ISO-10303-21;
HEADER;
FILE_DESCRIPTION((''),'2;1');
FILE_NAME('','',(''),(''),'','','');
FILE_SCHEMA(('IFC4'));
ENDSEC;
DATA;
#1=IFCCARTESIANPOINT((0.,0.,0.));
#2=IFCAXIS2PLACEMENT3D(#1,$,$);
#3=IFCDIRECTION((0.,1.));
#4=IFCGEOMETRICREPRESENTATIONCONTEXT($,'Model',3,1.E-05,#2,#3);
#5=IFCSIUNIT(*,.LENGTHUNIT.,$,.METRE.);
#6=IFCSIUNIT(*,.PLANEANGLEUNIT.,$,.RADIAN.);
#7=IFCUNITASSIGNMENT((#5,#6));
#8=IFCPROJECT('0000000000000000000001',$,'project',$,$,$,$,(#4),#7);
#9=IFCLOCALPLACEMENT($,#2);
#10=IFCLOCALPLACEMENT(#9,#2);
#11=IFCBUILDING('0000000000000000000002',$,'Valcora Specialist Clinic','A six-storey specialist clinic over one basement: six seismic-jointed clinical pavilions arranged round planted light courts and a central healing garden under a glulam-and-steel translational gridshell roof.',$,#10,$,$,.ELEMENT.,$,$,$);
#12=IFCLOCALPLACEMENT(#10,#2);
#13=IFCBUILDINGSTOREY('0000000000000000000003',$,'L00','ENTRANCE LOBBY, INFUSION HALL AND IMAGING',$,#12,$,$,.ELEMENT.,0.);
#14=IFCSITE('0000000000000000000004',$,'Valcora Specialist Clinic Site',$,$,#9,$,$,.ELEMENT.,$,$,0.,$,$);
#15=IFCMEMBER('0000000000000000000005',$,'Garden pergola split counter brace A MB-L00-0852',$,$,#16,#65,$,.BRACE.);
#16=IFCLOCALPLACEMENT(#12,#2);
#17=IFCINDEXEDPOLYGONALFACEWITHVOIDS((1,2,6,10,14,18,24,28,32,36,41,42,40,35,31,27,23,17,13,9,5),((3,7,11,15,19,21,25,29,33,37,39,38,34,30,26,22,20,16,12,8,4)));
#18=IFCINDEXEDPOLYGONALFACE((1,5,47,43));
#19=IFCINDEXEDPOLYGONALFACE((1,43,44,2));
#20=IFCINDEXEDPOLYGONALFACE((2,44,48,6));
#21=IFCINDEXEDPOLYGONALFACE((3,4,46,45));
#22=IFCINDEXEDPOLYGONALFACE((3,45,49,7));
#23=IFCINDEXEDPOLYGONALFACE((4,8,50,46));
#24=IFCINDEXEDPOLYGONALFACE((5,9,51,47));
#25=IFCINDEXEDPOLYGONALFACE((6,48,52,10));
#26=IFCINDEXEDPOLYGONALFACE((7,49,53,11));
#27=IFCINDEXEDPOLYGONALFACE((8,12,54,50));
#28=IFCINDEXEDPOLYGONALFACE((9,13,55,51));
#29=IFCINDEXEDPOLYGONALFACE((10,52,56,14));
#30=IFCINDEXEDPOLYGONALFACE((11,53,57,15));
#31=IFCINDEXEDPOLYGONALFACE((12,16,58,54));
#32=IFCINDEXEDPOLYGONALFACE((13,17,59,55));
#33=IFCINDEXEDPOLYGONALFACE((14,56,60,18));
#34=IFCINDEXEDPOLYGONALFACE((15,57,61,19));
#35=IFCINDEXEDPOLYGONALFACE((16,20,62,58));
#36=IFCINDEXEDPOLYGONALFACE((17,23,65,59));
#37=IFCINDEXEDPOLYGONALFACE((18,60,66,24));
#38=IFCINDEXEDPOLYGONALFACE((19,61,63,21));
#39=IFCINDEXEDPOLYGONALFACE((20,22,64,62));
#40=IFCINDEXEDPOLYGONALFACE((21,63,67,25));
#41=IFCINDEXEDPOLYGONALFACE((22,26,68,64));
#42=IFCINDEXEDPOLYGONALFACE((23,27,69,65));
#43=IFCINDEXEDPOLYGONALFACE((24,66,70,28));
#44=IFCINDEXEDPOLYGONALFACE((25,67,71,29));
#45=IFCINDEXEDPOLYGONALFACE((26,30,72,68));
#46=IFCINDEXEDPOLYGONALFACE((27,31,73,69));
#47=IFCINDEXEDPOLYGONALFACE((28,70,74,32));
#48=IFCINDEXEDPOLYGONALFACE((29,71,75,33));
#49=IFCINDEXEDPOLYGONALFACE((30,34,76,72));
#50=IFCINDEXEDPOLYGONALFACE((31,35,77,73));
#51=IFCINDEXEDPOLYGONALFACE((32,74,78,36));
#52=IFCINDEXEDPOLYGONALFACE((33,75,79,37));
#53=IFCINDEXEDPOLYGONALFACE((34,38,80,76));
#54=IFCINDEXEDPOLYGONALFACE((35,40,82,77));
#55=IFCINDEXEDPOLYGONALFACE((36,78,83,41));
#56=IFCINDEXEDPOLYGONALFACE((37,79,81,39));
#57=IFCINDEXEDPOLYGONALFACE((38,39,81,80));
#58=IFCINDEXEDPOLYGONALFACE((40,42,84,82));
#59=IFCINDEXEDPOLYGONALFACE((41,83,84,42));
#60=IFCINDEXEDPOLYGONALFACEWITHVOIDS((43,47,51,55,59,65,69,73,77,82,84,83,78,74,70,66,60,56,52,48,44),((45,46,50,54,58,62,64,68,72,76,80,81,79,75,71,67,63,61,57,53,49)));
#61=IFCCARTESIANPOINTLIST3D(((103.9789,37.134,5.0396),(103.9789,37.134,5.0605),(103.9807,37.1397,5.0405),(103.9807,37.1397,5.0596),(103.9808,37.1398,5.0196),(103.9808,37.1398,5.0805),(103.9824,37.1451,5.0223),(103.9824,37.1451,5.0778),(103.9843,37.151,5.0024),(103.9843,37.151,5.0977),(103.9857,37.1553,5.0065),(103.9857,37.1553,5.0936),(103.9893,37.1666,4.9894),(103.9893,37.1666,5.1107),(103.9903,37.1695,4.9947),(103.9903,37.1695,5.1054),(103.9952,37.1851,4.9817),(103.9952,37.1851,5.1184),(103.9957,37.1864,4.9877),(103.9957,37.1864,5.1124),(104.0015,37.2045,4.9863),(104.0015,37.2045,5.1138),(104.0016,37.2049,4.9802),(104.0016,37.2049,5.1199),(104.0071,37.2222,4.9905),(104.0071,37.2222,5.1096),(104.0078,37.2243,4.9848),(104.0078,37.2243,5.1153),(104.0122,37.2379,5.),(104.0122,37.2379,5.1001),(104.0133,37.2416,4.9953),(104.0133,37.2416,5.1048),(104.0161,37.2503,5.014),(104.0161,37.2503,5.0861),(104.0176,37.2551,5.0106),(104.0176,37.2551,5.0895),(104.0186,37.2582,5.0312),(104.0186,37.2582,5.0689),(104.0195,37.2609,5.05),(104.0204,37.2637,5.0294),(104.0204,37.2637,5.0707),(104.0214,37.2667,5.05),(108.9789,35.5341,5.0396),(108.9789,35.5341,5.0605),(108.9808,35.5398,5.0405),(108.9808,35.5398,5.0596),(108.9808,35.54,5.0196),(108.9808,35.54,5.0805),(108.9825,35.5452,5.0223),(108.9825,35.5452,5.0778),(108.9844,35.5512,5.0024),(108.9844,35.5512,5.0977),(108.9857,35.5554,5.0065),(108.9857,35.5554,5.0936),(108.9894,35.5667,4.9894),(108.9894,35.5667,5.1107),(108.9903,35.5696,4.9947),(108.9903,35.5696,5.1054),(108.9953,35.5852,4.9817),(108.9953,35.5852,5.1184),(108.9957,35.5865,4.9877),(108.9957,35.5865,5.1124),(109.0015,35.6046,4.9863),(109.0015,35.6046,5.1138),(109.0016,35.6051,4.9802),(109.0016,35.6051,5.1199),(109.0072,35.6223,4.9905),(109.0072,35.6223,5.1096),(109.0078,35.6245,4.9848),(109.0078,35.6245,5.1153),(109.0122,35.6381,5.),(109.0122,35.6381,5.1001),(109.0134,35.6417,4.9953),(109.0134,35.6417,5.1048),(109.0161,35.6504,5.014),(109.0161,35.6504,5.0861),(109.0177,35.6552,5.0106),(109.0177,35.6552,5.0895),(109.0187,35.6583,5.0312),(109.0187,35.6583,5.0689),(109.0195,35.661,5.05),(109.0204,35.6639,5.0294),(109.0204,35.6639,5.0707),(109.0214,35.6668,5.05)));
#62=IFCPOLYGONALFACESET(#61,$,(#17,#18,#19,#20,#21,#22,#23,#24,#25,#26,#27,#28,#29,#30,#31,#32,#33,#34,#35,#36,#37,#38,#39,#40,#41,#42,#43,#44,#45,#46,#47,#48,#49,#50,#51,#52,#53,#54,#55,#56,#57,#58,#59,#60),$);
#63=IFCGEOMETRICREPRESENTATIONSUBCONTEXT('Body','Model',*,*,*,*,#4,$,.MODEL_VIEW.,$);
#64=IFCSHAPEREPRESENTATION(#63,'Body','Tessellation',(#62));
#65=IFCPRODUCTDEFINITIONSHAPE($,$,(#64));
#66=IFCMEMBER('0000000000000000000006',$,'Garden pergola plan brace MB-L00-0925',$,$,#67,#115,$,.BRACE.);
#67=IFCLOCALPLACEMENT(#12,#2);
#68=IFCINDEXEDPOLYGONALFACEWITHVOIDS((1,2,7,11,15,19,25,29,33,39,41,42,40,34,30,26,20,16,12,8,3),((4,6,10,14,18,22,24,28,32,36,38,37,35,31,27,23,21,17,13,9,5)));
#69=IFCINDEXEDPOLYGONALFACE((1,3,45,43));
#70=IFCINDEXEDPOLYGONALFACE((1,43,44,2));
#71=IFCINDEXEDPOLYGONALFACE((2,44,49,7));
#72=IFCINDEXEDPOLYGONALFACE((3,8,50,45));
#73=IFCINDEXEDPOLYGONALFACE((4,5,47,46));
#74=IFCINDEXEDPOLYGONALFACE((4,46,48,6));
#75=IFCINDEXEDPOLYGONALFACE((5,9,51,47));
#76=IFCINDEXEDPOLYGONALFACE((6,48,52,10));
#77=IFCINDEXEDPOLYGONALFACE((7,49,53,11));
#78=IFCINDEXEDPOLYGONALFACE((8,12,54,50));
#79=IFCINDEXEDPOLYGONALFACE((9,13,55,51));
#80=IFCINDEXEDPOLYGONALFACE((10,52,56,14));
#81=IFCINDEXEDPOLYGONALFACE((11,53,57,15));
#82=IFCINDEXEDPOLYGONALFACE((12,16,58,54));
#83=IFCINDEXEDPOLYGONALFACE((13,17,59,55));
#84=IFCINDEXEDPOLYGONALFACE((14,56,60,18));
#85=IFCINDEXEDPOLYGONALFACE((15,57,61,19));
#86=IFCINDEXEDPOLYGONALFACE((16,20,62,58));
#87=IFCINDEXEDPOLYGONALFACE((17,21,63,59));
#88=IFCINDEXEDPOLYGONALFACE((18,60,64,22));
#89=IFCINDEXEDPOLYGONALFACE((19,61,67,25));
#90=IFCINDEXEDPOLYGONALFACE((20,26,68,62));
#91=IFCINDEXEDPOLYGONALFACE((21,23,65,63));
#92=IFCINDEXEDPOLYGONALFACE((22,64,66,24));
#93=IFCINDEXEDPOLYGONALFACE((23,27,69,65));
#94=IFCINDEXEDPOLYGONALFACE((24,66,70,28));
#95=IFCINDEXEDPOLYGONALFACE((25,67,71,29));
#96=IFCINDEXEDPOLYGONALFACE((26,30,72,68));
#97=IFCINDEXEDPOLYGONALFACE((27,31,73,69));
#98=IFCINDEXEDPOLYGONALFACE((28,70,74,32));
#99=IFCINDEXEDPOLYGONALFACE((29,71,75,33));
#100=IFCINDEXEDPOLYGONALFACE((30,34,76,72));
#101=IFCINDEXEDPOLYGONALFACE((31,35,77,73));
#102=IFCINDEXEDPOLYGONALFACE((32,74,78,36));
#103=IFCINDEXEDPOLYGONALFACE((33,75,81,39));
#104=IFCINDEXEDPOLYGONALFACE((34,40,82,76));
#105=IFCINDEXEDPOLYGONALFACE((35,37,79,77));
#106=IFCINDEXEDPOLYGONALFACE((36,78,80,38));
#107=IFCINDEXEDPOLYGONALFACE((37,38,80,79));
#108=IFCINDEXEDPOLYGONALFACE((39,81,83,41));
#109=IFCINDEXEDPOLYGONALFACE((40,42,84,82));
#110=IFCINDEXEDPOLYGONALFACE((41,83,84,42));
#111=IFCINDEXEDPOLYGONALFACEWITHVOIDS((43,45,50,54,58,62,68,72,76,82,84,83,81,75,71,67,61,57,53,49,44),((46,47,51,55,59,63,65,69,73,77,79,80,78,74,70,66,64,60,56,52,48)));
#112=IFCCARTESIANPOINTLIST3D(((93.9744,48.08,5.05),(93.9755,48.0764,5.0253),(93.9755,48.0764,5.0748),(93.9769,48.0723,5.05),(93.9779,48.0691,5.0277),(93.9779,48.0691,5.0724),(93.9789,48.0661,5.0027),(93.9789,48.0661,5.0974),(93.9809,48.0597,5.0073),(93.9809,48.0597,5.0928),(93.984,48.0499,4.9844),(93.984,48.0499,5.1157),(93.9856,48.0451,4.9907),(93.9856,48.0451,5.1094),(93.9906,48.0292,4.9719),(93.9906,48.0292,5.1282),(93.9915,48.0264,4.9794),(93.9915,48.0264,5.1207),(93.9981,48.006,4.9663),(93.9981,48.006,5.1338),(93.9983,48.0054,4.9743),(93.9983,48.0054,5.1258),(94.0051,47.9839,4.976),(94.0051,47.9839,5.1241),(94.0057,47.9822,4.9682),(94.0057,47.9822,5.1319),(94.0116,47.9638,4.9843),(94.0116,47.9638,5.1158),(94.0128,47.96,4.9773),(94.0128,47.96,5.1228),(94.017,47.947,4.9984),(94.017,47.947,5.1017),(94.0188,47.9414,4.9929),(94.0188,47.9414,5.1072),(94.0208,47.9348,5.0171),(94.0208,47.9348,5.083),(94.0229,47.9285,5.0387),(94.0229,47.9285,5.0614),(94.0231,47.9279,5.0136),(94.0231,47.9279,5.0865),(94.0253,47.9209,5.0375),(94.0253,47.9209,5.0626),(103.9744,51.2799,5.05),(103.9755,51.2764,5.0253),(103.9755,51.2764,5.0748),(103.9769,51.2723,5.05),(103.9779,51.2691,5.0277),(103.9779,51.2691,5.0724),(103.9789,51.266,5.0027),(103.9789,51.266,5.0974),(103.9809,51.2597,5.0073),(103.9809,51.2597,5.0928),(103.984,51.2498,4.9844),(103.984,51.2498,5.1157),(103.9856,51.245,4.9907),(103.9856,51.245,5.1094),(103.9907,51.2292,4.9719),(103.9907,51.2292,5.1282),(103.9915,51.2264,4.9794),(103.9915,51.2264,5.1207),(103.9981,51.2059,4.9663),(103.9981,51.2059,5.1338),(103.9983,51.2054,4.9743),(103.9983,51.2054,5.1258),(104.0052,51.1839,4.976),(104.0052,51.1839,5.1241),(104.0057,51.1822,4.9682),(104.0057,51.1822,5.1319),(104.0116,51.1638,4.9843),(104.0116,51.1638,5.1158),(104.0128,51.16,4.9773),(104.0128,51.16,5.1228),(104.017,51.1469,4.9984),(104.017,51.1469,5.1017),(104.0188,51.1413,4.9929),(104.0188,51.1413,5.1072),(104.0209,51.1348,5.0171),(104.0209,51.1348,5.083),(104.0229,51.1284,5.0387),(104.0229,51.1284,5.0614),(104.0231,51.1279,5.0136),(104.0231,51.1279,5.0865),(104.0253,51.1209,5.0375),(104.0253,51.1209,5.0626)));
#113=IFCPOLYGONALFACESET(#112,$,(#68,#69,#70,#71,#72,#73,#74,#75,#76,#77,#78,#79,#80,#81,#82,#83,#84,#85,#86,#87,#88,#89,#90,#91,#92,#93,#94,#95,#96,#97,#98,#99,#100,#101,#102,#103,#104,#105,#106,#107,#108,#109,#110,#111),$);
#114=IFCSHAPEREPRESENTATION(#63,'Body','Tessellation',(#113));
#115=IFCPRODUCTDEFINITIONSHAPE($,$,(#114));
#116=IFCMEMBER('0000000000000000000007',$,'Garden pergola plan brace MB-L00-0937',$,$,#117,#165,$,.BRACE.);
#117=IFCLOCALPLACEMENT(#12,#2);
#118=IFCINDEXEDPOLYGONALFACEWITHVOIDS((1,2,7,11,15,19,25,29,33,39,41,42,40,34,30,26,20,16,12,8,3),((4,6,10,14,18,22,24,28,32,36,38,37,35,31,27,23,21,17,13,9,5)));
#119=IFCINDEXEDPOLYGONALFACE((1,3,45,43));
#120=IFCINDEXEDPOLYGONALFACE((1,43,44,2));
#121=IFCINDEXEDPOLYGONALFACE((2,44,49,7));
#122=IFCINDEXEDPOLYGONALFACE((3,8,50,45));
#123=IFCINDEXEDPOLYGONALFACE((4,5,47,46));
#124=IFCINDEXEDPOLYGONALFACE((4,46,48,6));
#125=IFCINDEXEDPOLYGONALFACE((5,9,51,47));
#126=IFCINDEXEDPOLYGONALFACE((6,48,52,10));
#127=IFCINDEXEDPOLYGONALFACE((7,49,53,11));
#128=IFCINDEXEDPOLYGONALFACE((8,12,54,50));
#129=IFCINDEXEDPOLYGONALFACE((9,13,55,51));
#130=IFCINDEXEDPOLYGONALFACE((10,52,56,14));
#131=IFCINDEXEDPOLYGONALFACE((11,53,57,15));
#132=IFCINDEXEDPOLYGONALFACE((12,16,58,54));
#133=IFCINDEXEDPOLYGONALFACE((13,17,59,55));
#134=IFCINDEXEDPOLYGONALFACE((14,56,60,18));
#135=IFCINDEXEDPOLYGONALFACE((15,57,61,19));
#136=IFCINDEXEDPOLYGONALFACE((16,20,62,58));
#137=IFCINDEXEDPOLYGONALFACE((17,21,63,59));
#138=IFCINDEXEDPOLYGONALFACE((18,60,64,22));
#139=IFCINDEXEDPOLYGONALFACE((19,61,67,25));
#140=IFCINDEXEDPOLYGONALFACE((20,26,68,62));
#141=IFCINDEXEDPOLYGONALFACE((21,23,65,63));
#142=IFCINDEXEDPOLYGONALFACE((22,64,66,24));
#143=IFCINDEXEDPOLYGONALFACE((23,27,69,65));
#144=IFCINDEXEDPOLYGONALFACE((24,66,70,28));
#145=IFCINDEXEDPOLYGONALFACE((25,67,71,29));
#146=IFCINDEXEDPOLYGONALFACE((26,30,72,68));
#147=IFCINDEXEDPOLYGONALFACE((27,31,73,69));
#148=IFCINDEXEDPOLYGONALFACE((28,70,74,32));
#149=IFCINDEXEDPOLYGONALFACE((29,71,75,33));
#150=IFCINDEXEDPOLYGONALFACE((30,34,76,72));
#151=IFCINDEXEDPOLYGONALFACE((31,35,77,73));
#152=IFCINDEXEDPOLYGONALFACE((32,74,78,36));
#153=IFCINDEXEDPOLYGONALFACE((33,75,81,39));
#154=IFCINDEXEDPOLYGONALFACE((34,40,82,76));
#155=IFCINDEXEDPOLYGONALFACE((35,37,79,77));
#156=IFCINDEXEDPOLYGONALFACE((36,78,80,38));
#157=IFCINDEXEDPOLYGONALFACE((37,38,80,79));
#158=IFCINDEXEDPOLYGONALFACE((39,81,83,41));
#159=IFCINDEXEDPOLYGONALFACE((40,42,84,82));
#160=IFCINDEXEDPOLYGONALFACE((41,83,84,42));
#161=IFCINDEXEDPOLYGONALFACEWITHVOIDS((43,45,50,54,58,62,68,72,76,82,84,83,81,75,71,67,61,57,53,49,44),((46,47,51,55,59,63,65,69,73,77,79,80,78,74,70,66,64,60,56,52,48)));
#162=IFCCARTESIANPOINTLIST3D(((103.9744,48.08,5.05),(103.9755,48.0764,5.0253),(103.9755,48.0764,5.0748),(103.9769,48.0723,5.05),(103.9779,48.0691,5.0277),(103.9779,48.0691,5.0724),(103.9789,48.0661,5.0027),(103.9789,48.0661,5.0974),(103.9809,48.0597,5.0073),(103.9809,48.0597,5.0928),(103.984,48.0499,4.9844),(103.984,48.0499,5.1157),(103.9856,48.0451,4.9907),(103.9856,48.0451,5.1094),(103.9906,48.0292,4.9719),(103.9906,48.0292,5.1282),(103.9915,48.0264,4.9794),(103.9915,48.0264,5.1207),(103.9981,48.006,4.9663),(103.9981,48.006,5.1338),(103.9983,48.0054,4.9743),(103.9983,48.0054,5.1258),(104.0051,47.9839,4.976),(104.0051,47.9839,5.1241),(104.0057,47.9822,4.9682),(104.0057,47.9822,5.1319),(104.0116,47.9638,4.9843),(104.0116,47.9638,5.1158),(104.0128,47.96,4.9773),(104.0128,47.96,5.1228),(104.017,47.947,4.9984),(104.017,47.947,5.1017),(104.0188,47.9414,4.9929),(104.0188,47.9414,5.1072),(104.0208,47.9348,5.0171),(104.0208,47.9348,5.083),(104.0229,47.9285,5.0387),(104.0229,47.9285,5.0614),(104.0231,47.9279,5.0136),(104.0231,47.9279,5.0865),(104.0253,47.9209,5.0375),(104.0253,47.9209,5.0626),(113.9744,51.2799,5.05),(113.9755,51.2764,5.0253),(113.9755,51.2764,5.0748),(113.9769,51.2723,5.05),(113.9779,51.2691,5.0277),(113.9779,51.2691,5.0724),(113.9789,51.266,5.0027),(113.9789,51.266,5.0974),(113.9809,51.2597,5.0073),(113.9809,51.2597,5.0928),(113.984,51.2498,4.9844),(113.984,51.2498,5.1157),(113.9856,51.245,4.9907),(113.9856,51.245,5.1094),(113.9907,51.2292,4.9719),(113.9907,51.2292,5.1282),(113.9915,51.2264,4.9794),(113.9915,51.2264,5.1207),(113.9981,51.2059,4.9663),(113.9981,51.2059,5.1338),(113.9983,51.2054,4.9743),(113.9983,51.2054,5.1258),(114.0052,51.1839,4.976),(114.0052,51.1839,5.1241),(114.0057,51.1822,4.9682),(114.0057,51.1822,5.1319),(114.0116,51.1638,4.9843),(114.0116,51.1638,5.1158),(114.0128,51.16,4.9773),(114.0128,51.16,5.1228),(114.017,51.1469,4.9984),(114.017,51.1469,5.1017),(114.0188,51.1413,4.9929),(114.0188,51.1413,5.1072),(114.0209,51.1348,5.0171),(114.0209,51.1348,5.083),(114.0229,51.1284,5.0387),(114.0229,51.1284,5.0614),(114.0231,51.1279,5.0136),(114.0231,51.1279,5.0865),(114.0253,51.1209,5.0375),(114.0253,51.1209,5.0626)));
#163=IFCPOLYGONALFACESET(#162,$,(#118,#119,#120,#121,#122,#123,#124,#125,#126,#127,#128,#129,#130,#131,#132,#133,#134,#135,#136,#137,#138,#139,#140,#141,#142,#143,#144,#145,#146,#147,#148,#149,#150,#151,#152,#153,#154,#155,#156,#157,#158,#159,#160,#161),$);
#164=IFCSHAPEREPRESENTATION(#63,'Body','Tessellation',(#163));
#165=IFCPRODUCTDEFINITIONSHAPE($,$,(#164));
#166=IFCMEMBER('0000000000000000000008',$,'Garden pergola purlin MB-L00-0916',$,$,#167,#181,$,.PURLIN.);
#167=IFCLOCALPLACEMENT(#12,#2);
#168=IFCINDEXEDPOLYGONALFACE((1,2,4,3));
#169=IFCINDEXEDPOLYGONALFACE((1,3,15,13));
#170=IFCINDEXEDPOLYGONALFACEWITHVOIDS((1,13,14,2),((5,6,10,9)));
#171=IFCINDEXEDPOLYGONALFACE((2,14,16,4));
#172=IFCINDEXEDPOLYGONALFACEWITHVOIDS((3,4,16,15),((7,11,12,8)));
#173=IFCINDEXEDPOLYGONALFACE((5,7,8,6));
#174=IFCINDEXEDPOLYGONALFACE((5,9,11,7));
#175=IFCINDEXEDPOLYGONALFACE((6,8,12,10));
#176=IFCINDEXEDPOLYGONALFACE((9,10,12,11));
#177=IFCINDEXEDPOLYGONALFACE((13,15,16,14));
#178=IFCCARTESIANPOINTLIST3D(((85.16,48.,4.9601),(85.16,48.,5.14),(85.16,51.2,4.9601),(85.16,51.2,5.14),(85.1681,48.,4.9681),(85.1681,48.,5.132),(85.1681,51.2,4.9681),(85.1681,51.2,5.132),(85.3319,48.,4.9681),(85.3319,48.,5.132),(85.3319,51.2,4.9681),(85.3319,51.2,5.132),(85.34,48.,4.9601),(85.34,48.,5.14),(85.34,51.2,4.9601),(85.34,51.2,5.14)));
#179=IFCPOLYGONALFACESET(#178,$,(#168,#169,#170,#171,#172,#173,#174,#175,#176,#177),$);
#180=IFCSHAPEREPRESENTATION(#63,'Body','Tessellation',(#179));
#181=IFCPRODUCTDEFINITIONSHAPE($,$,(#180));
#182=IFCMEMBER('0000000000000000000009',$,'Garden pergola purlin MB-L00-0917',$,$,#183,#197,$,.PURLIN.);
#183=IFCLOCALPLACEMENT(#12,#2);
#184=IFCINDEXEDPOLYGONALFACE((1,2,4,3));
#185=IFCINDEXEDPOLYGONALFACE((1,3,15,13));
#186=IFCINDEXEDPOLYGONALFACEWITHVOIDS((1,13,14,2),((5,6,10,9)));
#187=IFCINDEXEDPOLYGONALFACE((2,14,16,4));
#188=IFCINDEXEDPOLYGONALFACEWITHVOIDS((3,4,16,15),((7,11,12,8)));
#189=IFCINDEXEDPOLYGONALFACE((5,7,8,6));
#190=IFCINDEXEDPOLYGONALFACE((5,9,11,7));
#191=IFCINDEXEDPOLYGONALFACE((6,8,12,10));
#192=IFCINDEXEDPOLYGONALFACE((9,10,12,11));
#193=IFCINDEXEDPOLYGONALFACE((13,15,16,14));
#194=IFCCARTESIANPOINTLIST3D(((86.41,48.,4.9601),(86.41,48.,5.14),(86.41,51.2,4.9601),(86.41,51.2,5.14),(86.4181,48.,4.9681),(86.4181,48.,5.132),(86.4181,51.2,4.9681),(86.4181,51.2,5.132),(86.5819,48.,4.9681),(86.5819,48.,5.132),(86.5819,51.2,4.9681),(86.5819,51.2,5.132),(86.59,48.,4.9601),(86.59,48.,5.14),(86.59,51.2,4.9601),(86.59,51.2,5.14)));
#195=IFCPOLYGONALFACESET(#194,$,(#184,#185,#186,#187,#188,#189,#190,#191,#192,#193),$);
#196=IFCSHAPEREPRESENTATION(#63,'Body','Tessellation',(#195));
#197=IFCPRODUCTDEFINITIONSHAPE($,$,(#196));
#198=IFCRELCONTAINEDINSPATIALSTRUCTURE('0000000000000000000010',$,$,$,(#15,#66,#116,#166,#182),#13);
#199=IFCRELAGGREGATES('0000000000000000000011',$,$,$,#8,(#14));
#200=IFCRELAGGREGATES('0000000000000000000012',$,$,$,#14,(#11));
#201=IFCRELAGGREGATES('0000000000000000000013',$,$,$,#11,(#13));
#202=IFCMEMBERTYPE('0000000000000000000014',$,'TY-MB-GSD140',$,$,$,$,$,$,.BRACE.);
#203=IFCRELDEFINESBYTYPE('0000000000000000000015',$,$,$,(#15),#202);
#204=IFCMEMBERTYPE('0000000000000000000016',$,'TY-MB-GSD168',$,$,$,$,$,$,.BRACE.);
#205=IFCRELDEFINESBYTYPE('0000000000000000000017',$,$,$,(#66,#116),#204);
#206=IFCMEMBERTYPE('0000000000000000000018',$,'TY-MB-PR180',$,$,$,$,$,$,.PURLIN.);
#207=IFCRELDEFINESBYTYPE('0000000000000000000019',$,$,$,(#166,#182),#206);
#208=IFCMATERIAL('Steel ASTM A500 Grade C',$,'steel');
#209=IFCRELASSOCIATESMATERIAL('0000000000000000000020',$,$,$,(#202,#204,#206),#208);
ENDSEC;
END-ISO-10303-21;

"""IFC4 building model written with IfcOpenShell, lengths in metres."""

from ifc_helpers import new_model, si_unit, direction, frame, origin, origin_2d, place, context, subcontext, project, spatial, hollow_rectangle, hollow_circle, extrude, material, material_profile, profile_set, type_object, element, save


model = new_model("IFC4")

# Units and contexts
model_context = context("Model", 3, precision=1e-05, world=origin(), true_north=direction((0.0, 1.0)))
body_context = subcontext(model_context, "Body", "Model", "MODEL_VIEW")
ifc_project = project(units=[si_unit("LENGTHUNIT", "METRE"), si_unit("PLANEANGLEUNIT", "RADIAN")], contexts=[model_context])

# Site, building, storey
site_placement = place(None, origin())
site = spatial("IfcSite", under=ifc_project, at=site_placement, Name="Valcora Specialist Clinic Site", CompositionType="ELEMENT", RefElevation=0.0)
building_placement = place(site_placement, origin())
building = spatial("IfcBuilding", under=site, at=building_placement, Name="Valcora Specialist Clinic", Description="A six-storey specialist clinic over one basement: six seismic-jointed clinical pavilions arranged round planted light courts and a central healing garden under a glulam-and-steel translational gridshell roof.", CompositionType="ELEMENT")
storey_placement = place(building_placement, origin())
storey = spatial("IfcBuildingStorey", under=building, at=storey_placement, Name="L00", Description="ENTRANCE LOBBY, INFUSION HALL AND IMAGING", CompositionType="ELEMENT", Elevation=0.0)

# Members
ifc_material_1 = material(Name="Steel ASTM A500 Grade C", Category="steel")
ifc_material_profile_1 = material_profile(ifc_material_1, hollow_circle(Radius=0.0701, WallThickness=0.0061, at=origin_2d()), Name="ST-CHS-140X6")
ifc_profile_set_1 = profile_set([ifc_material_profile_1], Name="Steel ASTM A500 Grade C")
member_type_1 = type_object("IfcMemberType", Name="TY-MB-GSD140", PredefinedType="BRACE", material=ifc_profile_set_1)
member_placement = place(storey_placement, frame((104.0, 37.2, 5.05), z_axis=(0.952432, -0.30475, 0.0), x_axis=(0.30475, 0.952432, 0.0)))
element("IfcMember", 1, at=member_placement, inside=storey, type_object=member_type_1, Name="Garden pergola split counter brace A MB-L00-0852", PredefinedType="BRACE", context=body_context, shape_type="SweptSolid", body=[
    extrude(hollow_circle(Radius=0.0701, WallThickness=0.0061, at=origin_2d()), origin(), (0.0, 0.0, 1.0), 5.2498),
])
ifc_material_profile_2 = material_profile(ifc_material_1, hollow_circle(Radius=0.084, WallThickness=0.0081, at=origin_2d()), Name="ST-CHS-168X8")
ifc_profile_set_2 = profile_set([ifc_material_profile_2], Name="Steel ASTM A500 Grade C")
member_type_2 = type_object("IfcMemberType", Name="TY-MB-GSD168", PredefinedType="BRACE", material=ifc_profile_set_2)
for number, where, z_axis, x_axis, name in (
    (2, (94.0, 48.0, 5.05), (0.952425, 0.304772, 0.0), (-0.304772, 0.952425, 0.0), "Garden pergola plan brace MB-L00-0925"),
    (3, (104.0, 48.0, 5.05), (0.952425, 0.304772, 0.0), (-0.304772, 0.952425, 0.0), "Garden pergola plan brace MB-L00-0937"),
):
    element("IfcMember", number, at=place(storey_placement, frame(where, z_axis=z_axis, x_axis=x_axis)), inside=storey, type_object=member_type_2, Name=name, PredefinedType="BRACE", context=body_context, shape_type="SweptSolid", body=[
        extrude(hollow_circle(Radius=0.084, WallThickness=0.0081, at=origin_2d()), origin(), (0.0, 0.0, 1.0), 10.4995),
    ])
ifc_material_profile_3 = material_profile(ifc_material_1, hollow_rectangle(XDim=0.1799, YDim=0.1799, WallThickness=0.0081, at=origin_2d()), Name="ST-RHS-180X180X8")
ifc_profile_set_3 = profile_set([ifc_material_profile_3], Name="Steel ASTM A500 Grade C")
member_type_3 = type_object("IfcMemberType", Name="TY-MB-PR180", PredefinedType="PURLIN", material=ifc_profile_set_3)
for number, where, z_axis, x_axis, name in (
    (4, (85.25, 48.0, 5.05), (0.0, 1.0, 0.0), (-1.0, 0.0, 0.0), "Garden pergola purlin MB-L00-0916"),
    (5, (86.5, 48.0, 5.05), (0.0, 1.0, 0.0), (-1.0, 0.0, 0.0), "Garden pergola purlin MB-L00-0917"),
):
    element("IfcMember", number, at=place(storey_placement, frame(where, z_axis=z_axis, x_axis=x_axis)), inside=storey, type_object=member_type_3, Name=name, PredefinedType="PURLIN", context=body_context, shape_type="SweptSolid", body=[
        extrude(hollow_rectangle(XDim=0.1799, YDim=0.1799, WallThickness=0.0081, at=origin_2d()), origin(), (0.0, 0.0, 1.0), 3.2),
    ])

save(model, "model.ifc")
